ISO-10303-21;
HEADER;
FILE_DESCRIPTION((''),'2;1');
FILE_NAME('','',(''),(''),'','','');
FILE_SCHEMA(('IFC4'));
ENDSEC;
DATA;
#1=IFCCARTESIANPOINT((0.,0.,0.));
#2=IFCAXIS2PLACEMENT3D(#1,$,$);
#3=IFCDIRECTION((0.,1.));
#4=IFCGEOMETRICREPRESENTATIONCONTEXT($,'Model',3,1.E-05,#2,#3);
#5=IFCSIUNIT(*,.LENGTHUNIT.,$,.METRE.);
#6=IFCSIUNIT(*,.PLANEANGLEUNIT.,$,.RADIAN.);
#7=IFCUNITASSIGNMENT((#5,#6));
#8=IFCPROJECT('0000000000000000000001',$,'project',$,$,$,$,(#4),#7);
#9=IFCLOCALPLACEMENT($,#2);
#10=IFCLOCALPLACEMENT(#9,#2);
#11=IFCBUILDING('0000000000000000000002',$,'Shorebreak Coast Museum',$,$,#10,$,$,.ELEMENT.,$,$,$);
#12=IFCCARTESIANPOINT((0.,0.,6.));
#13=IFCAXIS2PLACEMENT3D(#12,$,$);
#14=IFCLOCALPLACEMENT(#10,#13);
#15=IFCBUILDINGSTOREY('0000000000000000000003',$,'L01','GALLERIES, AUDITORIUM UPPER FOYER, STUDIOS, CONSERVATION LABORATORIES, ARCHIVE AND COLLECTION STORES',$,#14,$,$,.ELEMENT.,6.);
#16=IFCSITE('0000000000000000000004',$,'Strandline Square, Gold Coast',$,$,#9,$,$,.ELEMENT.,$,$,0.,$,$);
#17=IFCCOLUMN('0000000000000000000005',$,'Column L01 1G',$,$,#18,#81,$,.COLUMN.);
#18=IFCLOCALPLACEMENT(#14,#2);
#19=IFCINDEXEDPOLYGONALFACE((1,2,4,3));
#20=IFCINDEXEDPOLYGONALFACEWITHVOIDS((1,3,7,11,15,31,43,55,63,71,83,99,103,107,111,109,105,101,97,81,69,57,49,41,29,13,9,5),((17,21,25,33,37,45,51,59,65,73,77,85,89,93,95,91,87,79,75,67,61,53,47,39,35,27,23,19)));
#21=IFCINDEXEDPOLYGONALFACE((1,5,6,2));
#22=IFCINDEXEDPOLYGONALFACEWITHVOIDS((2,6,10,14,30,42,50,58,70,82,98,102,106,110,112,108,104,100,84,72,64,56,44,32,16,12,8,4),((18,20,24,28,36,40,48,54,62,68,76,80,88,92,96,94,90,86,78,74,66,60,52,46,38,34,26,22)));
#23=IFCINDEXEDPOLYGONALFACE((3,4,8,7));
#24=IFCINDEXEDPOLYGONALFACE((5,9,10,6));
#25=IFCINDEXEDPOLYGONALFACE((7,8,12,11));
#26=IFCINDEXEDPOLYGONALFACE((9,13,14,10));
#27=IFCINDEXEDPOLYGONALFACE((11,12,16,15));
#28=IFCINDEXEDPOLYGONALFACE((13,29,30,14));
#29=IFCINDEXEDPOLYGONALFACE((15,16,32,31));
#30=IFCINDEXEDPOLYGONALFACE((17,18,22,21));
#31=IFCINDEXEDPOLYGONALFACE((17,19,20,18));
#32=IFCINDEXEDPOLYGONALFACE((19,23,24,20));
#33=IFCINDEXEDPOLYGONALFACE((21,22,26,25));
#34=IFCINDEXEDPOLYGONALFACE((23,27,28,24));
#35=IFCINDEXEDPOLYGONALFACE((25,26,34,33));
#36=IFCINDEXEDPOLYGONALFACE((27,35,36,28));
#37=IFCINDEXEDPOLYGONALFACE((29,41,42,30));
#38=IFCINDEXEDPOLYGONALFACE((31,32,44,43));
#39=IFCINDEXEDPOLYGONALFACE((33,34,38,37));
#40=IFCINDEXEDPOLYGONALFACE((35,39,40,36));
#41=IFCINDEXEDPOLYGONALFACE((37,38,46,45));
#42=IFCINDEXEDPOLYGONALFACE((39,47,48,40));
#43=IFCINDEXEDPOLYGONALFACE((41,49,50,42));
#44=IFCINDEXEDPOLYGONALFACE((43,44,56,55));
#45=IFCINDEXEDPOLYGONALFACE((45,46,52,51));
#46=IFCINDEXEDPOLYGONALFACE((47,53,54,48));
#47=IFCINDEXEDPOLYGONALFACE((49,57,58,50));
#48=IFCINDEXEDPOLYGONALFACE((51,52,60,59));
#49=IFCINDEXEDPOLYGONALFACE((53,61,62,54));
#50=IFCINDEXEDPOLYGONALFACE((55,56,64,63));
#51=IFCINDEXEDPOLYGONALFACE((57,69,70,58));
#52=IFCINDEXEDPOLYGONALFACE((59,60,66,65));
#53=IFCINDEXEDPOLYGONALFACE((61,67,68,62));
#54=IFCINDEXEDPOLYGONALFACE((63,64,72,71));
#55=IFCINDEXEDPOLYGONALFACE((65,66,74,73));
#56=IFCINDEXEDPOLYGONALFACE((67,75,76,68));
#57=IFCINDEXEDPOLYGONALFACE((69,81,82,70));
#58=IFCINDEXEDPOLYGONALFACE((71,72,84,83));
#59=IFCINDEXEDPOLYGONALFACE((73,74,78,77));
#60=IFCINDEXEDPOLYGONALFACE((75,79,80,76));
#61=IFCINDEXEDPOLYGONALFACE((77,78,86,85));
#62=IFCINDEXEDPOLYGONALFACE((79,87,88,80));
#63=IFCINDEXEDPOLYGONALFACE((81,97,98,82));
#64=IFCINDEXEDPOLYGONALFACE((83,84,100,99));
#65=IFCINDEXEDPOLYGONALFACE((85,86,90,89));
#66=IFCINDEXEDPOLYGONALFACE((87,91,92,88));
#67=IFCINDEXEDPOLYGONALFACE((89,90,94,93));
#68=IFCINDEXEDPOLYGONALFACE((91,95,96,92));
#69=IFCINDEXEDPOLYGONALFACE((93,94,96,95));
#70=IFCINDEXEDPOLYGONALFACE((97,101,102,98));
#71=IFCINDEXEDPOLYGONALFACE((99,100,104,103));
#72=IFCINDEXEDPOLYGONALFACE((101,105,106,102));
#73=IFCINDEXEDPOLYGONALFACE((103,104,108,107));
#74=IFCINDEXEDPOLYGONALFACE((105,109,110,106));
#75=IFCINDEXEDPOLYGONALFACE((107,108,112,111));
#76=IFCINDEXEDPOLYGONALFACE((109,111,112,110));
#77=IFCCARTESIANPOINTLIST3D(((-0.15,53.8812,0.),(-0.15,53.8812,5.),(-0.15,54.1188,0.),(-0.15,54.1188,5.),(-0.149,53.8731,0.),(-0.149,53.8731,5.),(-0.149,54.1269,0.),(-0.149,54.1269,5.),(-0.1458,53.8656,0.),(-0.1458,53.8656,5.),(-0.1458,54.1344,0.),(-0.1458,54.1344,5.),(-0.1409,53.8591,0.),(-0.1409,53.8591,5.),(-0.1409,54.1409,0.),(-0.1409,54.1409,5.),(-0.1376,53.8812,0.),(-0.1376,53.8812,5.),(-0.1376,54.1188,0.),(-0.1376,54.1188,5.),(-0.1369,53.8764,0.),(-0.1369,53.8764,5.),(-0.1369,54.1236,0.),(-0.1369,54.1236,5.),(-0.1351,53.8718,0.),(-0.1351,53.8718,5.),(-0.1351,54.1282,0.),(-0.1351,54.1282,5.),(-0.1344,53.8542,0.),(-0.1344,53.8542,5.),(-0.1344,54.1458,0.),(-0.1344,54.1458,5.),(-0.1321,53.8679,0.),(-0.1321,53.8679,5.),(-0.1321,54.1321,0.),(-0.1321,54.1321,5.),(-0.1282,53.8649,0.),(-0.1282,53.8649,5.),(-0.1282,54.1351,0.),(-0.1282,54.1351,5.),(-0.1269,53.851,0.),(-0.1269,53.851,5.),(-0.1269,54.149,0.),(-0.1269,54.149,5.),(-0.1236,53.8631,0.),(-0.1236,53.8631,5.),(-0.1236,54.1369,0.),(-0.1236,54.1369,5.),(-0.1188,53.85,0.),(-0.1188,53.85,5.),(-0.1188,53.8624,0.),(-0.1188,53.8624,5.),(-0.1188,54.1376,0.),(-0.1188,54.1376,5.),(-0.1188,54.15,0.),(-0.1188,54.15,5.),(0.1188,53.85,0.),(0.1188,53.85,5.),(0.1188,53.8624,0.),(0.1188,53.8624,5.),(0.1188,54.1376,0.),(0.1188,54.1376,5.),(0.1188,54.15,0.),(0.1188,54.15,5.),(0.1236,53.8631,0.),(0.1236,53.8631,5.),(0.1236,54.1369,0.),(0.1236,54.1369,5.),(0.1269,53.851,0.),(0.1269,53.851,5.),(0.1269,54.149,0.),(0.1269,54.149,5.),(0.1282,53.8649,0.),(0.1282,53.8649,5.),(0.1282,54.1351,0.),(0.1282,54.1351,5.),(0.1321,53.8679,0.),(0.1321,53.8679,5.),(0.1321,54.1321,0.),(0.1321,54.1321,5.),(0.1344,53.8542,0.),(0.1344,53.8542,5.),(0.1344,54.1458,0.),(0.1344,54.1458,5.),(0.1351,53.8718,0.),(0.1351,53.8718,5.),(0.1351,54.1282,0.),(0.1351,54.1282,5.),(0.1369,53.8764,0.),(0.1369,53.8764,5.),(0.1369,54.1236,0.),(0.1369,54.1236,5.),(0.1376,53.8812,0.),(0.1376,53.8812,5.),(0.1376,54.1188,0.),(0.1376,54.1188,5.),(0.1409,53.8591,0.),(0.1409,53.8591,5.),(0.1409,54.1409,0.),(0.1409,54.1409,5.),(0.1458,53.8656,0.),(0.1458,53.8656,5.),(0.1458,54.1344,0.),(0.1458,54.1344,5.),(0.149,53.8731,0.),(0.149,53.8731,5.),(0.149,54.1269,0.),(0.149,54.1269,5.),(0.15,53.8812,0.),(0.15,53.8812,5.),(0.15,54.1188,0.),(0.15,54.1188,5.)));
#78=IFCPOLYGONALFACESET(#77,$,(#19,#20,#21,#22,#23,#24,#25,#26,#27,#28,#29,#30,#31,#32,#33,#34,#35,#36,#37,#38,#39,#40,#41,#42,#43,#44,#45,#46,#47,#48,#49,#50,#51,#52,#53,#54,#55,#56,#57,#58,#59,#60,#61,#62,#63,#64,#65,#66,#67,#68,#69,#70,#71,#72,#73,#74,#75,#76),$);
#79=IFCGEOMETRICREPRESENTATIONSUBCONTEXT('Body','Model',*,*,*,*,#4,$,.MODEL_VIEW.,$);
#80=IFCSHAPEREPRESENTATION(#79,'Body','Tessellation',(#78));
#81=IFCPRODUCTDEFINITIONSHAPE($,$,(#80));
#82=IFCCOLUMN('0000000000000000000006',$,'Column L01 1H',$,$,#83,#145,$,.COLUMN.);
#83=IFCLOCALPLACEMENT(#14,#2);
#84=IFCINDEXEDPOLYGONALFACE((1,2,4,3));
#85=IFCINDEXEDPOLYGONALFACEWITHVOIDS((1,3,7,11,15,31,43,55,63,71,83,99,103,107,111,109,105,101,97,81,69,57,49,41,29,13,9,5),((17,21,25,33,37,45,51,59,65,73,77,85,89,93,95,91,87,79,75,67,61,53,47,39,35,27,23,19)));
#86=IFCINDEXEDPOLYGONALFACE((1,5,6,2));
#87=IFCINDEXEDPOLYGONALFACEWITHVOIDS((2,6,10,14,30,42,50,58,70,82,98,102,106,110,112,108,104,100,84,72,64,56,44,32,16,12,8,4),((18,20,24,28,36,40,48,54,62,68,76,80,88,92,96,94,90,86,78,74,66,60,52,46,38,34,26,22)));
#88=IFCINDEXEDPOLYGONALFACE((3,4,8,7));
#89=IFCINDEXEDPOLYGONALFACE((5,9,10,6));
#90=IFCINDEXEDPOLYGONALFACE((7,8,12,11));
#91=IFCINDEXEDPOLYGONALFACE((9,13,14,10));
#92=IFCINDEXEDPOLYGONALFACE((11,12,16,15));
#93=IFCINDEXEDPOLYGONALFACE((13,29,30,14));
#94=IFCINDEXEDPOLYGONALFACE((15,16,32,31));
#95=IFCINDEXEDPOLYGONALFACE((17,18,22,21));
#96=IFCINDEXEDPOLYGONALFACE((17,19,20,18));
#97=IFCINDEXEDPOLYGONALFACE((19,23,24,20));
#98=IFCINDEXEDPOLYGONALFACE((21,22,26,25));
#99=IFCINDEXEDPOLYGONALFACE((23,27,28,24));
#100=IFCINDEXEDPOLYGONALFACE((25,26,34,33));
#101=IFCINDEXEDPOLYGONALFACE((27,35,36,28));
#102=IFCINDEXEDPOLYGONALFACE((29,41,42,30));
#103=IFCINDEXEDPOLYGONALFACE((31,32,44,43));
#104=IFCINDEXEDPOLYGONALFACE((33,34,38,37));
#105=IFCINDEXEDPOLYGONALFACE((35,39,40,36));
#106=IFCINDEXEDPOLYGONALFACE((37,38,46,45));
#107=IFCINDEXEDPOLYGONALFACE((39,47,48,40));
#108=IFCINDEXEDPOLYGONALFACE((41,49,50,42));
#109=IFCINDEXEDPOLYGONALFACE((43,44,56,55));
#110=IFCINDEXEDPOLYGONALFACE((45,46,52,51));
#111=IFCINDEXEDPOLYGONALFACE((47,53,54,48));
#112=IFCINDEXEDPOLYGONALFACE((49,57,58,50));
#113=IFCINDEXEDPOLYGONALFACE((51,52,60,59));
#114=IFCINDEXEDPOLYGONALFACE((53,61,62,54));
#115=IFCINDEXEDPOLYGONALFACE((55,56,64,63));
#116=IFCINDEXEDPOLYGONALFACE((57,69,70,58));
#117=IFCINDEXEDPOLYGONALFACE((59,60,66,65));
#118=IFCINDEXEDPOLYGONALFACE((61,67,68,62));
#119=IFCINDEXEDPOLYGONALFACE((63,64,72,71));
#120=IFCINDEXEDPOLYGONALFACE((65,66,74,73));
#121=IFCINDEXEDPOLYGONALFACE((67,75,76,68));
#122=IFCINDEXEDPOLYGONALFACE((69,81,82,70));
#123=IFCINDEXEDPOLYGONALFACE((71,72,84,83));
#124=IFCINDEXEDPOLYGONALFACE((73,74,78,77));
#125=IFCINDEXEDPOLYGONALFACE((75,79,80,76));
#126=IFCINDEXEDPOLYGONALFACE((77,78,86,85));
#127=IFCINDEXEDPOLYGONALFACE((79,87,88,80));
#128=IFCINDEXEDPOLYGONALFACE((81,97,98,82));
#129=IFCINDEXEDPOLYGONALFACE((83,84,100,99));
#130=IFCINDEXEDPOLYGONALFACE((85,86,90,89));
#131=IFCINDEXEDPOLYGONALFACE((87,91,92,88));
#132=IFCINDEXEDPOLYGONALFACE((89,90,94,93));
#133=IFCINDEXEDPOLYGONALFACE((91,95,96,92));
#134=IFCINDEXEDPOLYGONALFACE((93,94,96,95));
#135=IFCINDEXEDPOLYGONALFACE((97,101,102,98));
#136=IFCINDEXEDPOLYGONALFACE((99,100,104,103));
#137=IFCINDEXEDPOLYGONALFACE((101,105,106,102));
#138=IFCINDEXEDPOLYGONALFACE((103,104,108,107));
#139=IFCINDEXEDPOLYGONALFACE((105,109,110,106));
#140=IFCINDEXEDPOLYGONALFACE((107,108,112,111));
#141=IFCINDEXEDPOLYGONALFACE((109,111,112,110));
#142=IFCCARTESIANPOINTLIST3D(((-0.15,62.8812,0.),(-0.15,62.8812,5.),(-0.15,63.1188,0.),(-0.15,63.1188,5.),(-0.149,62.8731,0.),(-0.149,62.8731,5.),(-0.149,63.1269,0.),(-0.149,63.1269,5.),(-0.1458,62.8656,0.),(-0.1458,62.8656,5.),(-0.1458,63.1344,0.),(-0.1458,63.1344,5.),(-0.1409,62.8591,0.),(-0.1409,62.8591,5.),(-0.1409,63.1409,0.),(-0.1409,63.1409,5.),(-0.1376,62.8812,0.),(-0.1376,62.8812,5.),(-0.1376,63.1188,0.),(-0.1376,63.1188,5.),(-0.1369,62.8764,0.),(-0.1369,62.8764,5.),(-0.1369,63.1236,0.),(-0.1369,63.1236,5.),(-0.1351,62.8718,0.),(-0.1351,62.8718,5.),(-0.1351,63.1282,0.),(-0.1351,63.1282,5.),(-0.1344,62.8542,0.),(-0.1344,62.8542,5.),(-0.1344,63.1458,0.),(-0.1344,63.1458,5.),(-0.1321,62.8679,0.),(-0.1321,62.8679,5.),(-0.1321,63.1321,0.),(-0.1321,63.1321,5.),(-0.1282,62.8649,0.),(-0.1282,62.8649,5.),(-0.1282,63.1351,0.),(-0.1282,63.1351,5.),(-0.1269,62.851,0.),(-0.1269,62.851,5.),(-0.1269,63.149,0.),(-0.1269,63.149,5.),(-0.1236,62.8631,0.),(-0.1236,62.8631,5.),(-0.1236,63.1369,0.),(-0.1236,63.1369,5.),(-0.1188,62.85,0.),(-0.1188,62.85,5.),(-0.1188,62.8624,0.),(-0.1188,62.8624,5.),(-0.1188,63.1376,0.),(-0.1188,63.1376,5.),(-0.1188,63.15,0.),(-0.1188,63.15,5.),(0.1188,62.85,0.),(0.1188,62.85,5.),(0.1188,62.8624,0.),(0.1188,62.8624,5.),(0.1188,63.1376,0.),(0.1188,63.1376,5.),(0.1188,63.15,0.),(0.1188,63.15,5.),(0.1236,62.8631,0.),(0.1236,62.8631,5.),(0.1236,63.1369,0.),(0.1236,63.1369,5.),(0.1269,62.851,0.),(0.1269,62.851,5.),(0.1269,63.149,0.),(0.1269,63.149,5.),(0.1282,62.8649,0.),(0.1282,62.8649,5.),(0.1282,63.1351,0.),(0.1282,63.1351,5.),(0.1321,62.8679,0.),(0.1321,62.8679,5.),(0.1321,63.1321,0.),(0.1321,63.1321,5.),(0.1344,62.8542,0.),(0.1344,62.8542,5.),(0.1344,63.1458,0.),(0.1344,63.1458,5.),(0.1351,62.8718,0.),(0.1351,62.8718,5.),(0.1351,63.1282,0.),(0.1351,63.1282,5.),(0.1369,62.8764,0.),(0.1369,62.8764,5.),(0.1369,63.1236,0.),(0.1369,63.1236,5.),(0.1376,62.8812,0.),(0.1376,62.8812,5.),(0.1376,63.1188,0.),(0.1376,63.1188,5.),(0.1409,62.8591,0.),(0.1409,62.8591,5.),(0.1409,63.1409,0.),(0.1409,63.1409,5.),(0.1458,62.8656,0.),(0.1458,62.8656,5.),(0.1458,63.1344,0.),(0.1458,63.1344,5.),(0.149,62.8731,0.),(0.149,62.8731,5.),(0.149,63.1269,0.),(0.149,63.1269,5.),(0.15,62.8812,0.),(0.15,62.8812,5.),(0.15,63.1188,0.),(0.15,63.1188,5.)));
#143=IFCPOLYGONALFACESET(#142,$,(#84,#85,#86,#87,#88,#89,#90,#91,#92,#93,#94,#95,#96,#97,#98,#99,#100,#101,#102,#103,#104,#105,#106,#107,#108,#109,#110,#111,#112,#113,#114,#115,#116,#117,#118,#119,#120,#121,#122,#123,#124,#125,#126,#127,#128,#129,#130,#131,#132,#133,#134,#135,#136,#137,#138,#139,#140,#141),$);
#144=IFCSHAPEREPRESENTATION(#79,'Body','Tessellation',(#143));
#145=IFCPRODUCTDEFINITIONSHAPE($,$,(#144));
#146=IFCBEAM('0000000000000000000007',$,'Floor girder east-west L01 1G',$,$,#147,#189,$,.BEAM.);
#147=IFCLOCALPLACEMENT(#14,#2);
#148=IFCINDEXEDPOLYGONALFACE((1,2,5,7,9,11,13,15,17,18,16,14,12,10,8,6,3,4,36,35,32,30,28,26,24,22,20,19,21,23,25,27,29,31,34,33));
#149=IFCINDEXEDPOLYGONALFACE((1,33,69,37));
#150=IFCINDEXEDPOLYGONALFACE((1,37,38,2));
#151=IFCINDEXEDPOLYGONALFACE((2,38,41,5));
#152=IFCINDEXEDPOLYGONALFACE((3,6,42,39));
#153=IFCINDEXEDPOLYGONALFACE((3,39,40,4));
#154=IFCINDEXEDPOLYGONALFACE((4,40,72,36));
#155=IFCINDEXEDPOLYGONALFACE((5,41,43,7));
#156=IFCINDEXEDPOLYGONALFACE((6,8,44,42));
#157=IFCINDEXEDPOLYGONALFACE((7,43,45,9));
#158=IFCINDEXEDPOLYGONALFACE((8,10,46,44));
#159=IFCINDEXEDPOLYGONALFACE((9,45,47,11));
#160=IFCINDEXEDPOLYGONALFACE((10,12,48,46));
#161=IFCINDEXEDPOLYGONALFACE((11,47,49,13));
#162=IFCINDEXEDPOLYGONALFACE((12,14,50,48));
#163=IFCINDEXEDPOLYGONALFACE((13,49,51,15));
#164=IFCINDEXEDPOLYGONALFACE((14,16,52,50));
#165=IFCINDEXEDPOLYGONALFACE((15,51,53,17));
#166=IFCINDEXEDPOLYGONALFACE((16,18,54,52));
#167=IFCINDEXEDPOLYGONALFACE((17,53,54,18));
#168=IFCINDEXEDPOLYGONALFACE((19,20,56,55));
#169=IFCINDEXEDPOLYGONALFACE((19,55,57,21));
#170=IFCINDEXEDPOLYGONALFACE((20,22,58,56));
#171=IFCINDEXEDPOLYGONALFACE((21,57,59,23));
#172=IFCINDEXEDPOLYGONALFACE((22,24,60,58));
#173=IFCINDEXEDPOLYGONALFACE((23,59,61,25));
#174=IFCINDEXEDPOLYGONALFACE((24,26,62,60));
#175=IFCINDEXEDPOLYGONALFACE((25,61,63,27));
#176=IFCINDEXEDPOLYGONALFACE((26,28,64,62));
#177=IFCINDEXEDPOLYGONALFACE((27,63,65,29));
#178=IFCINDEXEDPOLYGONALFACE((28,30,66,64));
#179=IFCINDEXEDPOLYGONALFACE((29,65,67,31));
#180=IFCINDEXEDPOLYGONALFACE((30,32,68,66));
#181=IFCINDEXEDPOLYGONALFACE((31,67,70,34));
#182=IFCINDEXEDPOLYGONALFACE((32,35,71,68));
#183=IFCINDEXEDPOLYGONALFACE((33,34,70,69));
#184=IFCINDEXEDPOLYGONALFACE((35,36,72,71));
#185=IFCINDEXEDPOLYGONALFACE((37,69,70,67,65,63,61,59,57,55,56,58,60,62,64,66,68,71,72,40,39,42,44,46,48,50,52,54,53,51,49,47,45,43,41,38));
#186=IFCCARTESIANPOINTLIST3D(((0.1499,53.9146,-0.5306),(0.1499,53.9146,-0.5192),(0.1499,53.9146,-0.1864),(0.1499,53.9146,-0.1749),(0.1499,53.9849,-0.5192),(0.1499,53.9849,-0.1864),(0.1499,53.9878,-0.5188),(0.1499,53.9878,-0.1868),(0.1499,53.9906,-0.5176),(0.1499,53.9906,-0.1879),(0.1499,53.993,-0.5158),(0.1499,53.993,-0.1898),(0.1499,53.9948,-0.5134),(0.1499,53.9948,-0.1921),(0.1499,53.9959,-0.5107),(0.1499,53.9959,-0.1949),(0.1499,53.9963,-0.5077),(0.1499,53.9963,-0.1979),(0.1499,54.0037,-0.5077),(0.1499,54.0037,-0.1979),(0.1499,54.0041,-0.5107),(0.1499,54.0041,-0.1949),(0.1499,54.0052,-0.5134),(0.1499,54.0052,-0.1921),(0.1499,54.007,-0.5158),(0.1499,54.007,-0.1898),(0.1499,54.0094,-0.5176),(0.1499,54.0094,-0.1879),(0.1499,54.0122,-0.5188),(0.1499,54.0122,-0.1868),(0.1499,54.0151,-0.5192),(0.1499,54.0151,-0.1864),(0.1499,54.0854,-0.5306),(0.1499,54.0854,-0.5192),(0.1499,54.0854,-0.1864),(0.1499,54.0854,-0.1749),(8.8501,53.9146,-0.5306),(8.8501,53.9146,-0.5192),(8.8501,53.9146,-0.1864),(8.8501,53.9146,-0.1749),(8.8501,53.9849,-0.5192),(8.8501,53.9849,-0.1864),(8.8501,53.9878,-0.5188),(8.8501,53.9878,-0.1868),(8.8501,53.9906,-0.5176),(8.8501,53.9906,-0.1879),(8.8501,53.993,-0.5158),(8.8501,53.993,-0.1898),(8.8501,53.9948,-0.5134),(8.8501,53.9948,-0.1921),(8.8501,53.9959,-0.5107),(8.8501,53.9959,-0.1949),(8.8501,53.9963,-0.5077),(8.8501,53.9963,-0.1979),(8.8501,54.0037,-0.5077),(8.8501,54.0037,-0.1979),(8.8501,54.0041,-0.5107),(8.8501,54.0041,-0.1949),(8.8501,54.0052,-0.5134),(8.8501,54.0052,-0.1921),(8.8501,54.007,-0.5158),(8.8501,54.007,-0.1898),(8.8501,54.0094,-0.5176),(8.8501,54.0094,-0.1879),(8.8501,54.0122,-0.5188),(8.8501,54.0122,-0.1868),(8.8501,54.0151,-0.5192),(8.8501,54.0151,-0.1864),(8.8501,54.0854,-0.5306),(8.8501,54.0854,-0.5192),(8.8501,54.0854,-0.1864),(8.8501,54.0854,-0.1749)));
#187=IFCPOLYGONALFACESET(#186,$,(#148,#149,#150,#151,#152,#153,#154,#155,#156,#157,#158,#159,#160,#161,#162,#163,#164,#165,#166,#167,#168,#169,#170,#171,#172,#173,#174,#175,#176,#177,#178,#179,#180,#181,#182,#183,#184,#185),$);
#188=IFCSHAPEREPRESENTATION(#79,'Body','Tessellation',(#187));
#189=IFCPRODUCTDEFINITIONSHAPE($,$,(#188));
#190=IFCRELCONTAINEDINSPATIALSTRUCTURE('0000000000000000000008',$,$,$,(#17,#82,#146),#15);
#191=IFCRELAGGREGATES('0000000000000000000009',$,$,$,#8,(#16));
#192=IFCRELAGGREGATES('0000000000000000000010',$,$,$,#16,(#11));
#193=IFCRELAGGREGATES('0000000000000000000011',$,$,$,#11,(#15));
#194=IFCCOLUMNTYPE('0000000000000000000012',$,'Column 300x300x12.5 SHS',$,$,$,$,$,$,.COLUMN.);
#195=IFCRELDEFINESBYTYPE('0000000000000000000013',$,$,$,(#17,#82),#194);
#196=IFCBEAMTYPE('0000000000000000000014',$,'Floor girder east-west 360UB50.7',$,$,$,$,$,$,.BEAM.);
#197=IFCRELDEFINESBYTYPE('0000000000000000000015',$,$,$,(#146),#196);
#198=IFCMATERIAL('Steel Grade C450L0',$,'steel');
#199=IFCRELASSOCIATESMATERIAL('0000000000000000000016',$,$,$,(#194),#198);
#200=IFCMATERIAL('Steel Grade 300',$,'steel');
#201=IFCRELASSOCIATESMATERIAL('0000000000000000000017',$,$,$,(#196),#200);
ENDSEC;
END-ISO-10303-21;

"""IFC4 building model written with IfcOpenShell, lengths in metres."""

from ifc_helpers import new_model, si_unit, direction, frame, origin, origin_2d, place, context, subcontext, project, spatial, hollow_rectangle, i_section, extrude, material, material_profile, profile_set, type_object, element, save


model = new_model("IFC4")

# Units and contexts
model_context = context("Model", 3, precision=1e-05, world=origin(), true_north=direction((0.0, 1.0)))
body_context = subcontext(model_context, "Body", "Model", "MODEL_VIEW")
ifc_project = project(units=[si_unit("LENGTHUNIT", "METRE"), si_unit("PLANEANGLEUNIT", "RADIAN")], contexts=[model_context])

# Site, building, storey
site_placement = place(None, origin())
site = spatial("IfcSite", under=ifc_project, at=site_placement, Name="Strandline Square, Gold Coast", CompositionType="ELEMENT", RefElevation=0.0)
building_placement = place(site_placement, origin())
building = spatial("IfcBuilding", under=site, at=building_placement, Name="Shorebreak Coast Museum", CompositionType="ELEMENT")
storey_placement = place(building_placement, frame((0.0, 0.0, 6.0)))
storey = spatial("IfcBuildingStorey", under=building, at=storey_placement, Name="L01", Description="GALLERIES, AUDITORIUM UPPER FOYER, STUDIOS, CONSERVATION LABORATORIES, ARCHIVE AND COLLECTION STORES", CompositionType="ELEMENT", Elevation=6.0)

# Columns
ifc_material_1 = material(Name="Steel Grade C450L0", Category="steel")
ifc_material_profile_1 = material_profile(ifc_material_1, hollow_rectangle(XDim=0.3, YDim=0.3, WallThickness=0.0125, InnerFilletRadius=0.0188, OuterFilletRadius=0.0312, at=origin_2d()), Name="300x300x12.5 SHS")
ifc_profile_set_1 = profile_set([ifc_material_profile_1], Name="Steel Grade C450L0")
column_type = type_object("IfcColumnType", Name="Column 300x300x12.5 SHS", PredefinedType="COLUMN", material=ifc_profile_set_1)
for number, where, z_axis, x_axis, name in (
    (1, (0.0, 54.0, 0.0), (0.0, 0.0, 1.0), (1.0, 0.0, 0.0), "Column L01 1G"),
    (2, (0.0, 63.0, 0.0), (0.0, 0.0, 1.0), (1.0, 0.0, 0.0), "Column L01 1H"),
):
    element("IfcColumn", number, at=place(storey_placement, frame(where, z_axis=z_axis, x_axis=x_axis)), inside=storey, type_object=column_type, Name=name, PredefinedType="COLUMN", context=body_context, shape_type="SweptSolid", body=[
        extrude(hollow_rectangle(XDim=0.3, YDim=0.3, WallThickness=0.0125, InnerFilletRadius=0.0188, OuterFilletRadius=0.0312, at=origin_2d()), origin(), (0.0, 0.0, 1.0), 5.0),
    ])

# Beam
ifc_material_2 = material(Name="Steel Grade 300", Category="steel")
ifc_material_profile_2 = material_profile(ifc_material_2, i_section(OverallWidth=0.1709, OverallDepth=0.3557, WebThickness=0.0073, FlangeThickness=0.0115, FilletRadius=0.0115, at=origin_2d()), Name="360UB50.7")
ifc_profile_set_2 = profile_set([ifc_material_profile_2], Name="Steel Grade 300")
beam_type_1 = type_object("IfcBeamType", Name="Floor girder east-west 360UB50.7", PredefinedType="BEAM", material=ifc_profile_set_2)
beam_1_placement = place(storey_placement, frame((0.1499, 54.0, -0.3528), z_axis=(1.0, 0.0, 0.0), x_axis=(0.0, 1.0, 0.0)))
element("IfcBeam", 3, at=beam_1_placement, inside=storey, type_object=beam_type_1, Name="Floor girder east-west L01 1G", PredefinedType="BEAM", context=body_context, shape_type="SweptSolid", body=[
    extrude(i_section(OverallWidth=0.1709, OverallDepth=0.3557, WebThickness=0.0073, FlangeThickness=0.0115, FilletRadius=0.0115, at=origin_2d()), origin(), (0.0, 0.0, 1.0), 8.7002),
])

save(model, "model.ifc")
